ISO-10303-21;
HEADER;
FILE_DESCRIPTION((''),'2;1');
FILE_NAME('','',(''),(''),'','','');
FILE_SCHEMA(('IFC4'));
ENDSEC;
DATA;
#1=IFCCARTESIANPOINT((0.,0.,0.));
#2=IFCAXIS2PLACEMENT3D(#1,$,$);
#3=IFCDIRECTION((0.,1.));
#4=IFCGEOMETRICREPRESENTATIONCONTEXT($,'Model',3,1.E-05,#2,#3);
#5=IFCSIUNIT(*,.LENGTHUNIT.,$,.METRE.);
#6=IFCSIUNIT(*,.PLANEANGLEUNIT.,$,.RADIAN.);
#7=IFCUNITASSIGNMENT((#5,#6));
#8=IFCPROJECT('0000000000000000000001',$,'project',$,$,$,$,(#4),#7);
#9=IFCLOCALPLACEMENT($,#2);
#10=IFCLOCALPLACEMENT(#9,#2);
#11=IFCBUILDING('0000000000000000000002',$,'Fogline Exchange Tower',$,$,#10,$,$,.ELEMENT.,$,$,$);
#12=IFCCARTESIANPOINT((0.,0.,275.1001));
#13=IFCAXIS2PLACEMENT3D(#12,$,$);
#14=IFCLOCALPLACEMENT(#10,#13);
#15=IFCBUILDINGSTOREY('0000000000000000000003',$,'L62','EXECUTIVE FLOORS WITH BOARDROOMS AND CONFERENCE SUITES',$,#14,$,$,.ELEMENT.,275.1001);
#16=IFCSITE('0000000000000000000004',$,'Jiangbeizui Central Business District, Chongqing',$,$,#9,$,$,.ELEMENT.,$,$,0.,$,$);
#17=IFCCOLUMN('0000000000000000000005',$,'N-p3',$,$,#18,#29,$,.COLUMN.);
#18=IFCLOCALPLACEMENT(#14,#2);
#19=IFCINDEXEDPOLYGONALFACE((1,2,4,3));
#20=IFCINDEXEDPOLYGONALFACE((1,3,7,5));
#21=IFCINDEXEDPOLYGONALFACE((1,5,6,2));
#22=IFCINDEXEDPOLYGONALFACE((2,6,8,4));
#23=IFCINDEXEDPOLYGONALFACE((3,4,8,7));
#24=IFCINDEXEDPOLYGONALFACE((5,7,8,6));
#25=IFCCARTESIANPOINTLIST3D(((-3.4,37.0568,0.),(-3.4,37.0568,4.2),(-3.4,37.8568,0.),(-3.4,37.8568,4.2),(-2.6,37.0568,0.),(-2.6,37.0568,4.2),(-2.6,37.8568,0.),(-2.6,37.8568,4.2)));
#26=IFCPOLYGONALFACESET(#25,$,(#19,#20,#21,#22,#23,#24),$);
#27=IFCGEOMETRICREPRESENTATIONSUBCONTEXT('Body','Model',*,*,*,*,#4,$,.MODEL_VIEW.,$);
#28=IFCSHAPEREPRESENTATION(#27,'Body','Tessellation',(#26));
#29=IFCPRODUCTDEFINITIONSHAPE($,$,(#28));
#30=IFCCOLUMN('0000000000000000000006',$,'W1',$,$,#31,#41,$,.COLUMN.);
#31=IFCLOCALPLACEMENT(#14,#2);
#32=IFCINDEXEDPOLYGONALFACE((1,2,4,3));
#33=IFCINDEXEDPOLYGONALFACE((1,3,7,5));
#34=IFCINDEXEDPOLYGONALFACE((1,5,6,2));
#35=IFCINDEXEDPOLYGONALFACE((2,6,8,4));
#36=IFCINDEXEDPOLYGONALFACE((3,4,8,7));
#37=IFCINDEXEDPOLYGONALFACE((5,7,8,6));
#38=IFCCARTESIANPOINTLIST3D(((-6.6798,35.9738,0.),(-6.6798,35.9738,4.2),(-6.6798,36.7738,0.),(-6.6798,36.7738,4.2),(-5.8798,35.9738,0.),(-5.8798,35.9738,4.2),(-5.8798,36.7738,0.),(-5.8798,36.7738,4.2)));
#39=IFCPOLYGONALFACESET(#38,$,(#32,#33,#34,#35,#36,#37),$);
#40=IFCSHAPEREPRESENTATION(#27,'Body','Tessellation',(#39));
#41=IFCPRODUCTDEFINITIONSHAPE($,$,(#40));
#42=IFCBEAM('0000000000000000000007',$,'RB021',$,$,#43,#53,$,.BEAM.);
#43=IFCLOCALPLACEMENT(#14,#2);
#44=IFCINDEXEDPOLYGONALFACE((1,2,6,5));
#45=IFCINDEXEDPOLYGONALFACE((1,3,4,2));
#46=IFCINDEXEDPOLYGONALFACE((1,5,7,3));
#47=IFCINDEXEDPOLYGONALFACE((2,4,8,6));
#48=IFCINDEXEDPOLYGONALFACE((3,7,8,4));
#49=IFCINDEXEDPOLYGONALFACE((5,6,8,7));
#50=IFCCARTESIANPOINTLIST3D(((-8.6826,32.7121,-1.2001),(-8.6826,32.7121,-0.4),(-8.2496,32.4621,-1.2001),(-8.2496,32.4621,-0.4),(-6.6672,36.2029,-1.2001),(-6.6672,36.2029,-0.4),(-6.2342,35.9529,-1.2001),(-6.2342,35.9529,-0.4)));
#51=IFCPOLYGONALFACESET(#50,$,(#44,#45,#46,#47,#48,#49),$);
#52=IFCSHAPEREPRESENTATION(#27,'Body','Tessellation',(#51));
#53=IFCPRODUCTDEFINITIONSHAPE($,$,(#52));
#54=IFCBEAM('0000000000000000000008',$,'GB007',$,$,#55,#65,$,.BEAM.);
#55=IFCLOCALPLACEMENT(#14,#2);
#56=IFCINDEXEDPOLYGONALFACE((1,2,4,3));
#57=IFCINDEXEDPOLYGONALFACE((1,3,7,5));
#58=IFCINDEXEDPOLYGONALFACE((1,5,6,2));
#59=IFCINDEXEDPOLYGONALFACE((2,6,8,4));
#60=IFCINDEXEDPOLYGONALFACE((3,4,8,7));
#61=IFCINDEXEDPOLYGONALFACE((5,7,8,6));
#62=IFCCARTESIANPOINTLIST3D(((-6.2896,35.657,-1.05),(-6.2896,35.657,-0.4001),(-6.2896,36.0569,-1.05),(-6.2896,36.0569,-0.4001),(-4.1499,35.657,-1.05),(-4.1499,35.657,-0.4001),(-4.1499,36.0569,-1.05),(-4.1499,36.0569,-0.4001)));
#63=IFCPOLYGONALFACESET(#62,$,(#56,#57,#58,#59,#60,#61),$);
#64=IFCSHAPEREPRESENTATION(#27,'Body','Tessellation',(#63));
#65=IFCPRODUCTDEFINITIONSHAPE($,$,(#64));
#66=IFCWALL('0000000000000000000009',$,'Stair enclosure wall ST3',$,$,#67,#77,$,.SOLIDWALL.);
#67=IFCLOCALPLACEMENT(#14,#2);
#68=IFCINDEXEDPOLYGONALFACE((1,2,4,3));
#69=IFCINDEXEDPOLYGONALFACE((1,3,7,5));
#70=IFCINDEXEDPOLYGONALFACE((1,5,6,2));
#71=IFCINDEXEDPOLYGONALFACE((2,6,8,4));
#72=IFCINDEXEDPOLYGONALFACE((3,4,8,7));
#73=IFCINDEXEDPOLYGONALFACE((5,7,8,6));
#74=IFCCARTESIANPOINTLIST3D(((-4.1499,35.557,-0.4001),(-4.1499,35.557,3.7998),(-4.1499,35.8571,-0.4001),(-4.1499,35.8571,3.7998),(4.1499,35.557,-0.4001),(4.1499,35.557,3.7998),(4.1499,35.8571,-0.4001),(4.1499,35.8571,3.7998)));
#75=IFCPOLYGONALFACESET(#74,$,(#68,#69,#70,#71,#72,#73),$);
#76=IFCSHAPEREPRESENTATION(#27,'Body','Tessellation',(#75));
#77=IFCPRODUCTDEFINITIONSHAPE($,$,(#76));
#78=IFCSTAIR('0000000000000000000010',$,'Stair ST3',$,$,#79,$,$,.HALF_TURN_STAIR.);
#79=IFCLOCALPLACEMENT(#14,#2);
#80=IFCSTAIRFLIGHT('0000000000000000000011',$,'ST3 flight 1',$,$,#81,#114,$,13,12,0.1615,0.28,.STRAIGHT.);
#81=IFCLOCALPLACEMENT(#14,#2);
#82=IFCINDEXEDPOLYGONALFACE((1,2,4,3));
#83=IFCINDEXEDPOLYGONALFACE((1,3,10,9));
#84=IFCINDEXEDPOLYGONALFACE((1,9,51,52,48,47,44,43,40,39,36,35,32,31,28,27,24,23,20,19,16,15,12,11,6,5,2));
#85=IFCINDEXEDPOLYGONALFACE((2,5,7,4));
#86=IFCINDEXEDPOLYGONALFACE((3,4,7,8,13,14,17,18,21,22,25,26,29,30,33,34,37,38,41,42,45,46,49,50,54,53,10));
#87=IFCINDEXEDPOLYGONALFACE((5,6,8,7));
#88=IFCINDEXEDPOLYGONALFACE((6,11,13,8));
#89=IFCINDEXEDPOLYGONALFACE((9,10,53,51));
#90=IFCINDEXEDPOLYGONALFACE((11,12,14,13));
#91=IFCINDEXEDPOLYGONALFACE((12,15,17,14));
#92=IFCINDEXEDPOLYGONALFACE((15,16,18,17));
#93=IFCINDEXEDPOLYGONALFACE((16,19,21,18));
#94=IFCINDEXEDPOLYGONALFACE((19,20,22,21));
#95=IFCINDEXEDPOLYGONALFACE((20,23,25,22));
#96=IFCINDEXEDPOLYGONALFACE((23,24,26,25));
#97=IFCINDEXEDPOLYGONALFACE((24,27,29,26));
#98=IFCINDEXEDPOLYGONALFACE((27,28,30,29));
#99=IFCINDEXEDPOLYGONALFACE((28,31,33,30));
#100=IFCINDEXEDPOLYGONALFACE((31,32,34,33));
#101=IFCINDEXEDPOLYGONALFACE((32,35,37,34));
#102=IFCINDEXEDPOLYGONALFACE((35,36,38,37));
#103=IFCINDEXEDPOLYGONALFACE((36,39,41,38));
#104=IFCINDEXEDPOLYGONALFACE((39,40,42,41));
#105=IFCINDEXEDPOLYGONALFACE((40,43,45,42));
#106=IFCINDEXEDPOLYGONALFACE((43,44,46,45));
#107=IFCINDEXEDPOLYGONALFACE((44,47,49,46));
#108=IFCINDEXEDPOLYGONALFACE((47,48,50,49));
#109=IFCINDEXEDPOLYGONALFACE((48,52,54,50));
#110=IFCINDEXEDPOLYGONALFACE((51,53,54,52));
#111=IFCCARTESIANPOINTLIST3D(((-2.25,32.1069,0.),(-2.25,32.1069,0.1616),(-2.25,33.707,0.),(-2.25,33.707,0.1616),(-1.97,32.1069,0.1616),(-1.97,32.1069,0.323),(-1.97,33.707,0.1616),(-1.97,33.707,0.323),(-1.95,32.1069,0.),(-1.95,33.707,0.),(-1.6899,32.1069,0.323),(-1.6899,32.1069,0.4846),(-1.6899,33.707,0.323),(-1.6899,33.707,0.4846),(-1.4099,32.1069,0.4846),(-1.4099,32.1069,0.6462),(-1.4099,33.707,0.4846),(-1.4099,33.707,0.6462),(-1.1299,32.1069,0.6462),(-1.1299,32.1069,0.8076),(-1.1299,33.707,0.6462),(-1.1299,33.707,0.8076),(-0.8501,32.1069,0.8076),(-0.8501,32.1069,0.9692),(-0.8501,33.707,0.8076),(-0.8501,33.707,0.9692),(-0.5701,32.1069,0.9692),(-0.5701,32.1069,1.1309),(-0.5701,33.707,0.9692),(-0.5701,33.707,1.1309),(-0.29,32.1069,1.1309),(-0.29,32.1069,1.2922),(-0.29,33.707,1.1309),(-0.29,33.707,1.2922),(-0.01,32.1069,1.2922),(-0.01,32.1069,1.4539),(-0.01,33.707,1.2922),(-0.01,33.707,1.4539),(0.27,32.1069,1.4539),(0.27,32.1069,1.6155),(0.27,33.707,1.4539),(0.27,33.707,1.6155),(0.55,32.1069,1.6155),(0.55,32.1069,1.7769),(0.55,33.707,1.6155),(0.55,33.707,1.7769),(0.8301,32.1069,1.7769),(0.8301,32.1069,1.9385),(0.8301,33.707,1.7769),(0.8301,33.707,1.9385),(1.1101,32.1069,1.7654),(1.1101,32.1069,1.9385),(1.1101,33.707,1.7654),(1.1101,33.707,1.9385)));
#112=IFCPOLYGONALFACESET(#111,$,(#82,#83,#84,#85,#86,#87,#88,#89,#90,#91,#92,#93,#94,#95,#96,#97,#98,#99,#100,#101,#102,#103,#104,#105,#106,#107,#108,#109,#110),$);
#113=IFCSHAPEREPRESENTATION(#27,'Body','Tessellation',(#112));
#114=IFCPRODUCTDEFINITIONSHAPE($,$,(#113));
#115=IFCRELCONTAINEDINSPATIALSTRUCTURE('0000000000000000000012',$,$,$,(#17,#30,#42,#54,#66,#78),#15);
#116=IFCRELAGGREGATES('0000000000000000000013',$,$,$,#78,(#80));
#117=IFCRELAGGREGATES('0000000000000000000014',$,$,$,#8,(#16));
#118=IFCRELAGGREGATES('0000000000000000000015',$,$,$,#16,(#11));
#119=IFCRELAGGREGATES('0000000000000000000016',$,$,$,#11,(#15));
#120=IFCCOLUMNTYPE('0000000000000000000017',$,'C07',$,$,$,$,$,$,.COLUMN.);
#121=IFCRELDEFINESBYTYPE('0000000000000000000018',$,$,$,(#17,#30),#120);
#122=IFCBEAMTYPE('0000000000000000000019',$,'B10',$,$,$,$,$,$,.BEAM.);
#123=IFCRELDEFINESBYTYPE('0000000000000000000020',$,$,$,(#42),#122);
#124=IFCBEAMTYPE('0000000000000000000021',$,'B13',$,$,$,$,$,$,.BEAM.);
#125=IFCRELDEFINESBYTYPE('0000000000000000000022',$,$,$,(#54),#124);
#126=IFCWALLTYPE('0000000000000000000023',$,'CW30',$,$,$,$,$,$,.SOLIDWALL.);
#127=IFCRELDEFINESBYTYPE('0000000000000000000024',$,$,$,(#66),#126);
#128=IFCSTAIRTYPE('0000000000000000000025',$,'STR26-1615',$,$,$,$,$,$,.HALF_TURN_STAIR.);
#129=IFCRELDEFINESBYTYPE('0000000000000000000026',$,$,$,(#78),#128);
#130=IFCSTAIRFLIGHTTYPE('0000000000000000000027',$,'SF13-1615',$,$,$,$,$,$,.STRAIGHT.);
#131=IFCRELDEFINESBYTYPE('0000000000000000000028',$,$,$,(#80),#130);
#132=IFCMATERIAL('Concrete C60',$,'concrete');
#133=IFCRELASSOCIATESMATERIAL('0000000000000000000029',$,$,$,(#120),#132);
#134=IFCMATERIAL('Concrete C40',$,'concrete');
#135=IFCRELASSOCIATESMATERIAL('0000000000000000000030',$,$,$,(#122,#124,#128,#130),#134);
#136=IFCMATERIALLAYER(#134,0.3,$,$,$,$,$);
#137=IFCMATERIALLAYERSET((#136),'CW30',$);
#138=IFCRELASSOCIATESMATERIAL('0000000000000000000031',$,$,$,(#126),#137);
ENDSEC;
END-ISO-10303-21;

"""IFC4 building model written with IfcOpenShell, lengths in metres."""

from ifc_helpers import new_model, si_unit, direction, frame, frame_2d, origin, origin_2d, place, context, subcontext, project, spatial, polyline, rectangle, outline, extrude, material, layer, layer_set, material_profile, profile_set, type_object, element, aggregate, save


model = new_model("IFC4")

# Units and contexts
model_context = context("Model", 3, precision=1e-05, world=origin(), true_north=direction((0.0, 1.0)))
body_context = subcontext(model_context, "Body", "Model", "MODEL_VIEW")
ifc_project = project(units=[si_unit("LENGTHUNIT", "METRE"), si_unit("PLANEANGLEUNIT", "RADIAN")], contexts=[model_context])

# Site, building, storey
site_placement = place(None, origin())
site = spatial("IfcSite", under=ifc_project, at=site_placement, Name="Jiangbeizui Central Business District, Chongqing", CompositionType="ELEMENT", RefElevation=0.0)
building_placement = place(site_placement, origin())
building = spatial("IfcBuilding", under=site, at=building_placement, Name="Fogline Exchange Tower", CompositionType="ELEMENT")
storey_placement = place(building_placement, frame((0.0, 0.0, 275.1001)))
storey = spatial("IfcBuildingStorey", under=building, at=storey_placement, Name="L62", Description="EXECUTIVE FLOORS WITH BOARDROOMS AND CONFERENCE SUITES", CompositionType="ELEMENT", Elevation=275.1001)

# Columns
ifc_material_1 = material(Name="Concrete C60", Category="concrete")
ifc_material_profile_1 = material_profile(ifc_material_1, rectangle(XDim=0.8, YDim=0.8, at=origin_2d()), Name="RC 800x800")
ifc_profile_set_1 = profile_set([ifc_material_profile_1], Name="Concrete C60")
column_type = type_object("IfcColumnType", Name="C07", PredefinedType="COLUMN", material=ifc_profile_set_1)
for number, where, z_axis, x_axis, name in (
    (1, (-3.0, 37.4568, 0.0), (0.0, 0.0, 1.0), (1.0, 0.0, 0.0), "N-p3"),
    (2, (-6.2798, 36.3738, 0.0), (0.0, 0.0, 1.0), (1.0, 0.0, 0.0), "W1"),
):
    element("IfcColumn", number, at=place(storey_placement, frame(where, z_axis=z_axis, x_axis=x_axis)), inside=storey, type_object=column_type, Name=name, PredefinedType="COLUMN", context=body_context, shape_type="SweptSolid", body=[
        extrude(rectangle(XDim=0.8, YDim=0.8, at=origin_2d()), origin(), (0.0, 0.0, 1.0), 4.2),
    ])

# Beams
ifc_material_2 = material(Name="Concrete C40", Category="concrete")
ifc_material_profile_2 = material_profile(ifc_material_2, rectangle(XDim=0.5, YDim=0.8, at=origin_2d()), Name="RC 500x800")
ifc_profile_set_2 = profile_set([ifc_material_profile_2], Name="Concrete C40")
beam_type_1 = type_object("IfcBeamType", Name="B10", PredefinedType="BEAM", material=ifc_profile_set_2)
beam_1_placement = place(storey_placement, frame((-6.4507, 36.0779, -0.8), z_axis=(-0.500002, -0.866024, 0.0), x_axis=(0.866024, -0.500002, 0.0)))
element("IfcBeam", 3, at=beam_1_placement, inside=storey, type_object=beam_type_1, Name="RB021", PredefinedType="BEAM", context=body_context, shape_type="SweptSolid", body=[
    extrude(rectangle(XDim=0.5, YDim=0.8, at=origin_2d()), origin(), (0.0, 0.0, 1.0), 4.0308),
])
ifc_material_profile_3 = material_profile(ifc_material_2, rectangle(XDim=0.3999, YDim=0.6499, at=origin_2d()), Name="RC 400x650")
ifc_profile_set_3 = profile_set([ifc_material_profile_3], Name="Concrete C40")
beam_type_2 = type_object("IfcBeamType", Name="B13", PredefinedType="BEAM", material=ifc_profile_set_3)
beam_2_placement = place(storey_placement, frame((-6.2896, 35.8569, -0.7251), z_axis=(1.0, 0.0, 0.0), x_axis=(0.0, 1.0, 0.0)))
element("IfcBeam", 4, at=beam_2_placement, inside=storey, type_object=beam_type_2, Name="GB007", PredefinedType="BEAM", context=body_context, shape_type="SweptSolid", body=[
    extrude(rectangle(XDim=0.3999, YDim=0.6499, at=origin_2d()), origin(), (0.0, 0.0, 1.0), 2.1396),
])

# Wall
ifc_layer = layer(ifc_material_2, 0.3)
ifc_layer_set = layer_set([ifc_layer], Name="CW30")
wall_type = type_object("IfcWallType", Name="CW30", PredefinedType="SOLIDWALL", material=ifc_layer_set)
wall_placement = place(storey_placement, frame((-4.1499, 35.707, -0.4001), z_axis=(0.0, 0.0, 1.0), x_axis=(1.0, 0.0, 0.0)))
element("IfcWall", 5, at=wall_placement, inside=storey, type_object=wall_type, Name="Stair enclosure wall ST3", PredefinedType="SOLIDWALL", context=body_context, shape_type="SweptSolid", body=[
    extrude(rectangle(XDim=8.2998, YDim=0.3, at=frame_2d((4.1499, 0.0))), origin(), (0.0, 0.0, 1.0), 4.2),
])

# Stair, stair flight
stair_type = type_object("IfcStairType", Name="STR26-1615", PredefinedType="HALF_TURN_STAIR", material=ifc_material_2)
stair_placement = place(storey_placement, origin())
stair = element("IfcStair", 6, at=stair_placement, inside=storey, type_object=stair_type, Name="Stair ST3", PredefinedType="HALF_TURN_STAIR")
stair_flight_type = type_object("IfcStairFlightType", Name="SF13-1615", PredefinedType="STRAIGHT", material=ifc_material_2)
stair_flight_placement = place(storey_placement, frame((-2.25, 32.907, 0.0), z_axis=(0.0, 0.0, 1.0), x_axis=(1.0, 0.0, 0.0)))
stair_flight = element("IfcStairFlight", 7, at=stair_flight_placement, type_object=stair_flight_type, Name="ST3 flight 1", NumberOfRisers=13, NumberOfTreads=12, PredefinedType="STRAIGHT", RiserHeight=0.1615, TreadLength=0.28, context=body_context, shape_type="SweptSolid", body=[
    extrude(outline(polyline([(0.0, 0.0), (0.0, 0.1616), (0.28, 0.1616), (0.28, 0.323), (0.5601, 0.323), (0.5601, 0.4846), (0.8401, 0.4846), (0.8401, 0.6462), (1.1201, 0.6462), (1.1201, 0.8076), (1.3999, 0.8076), (1.3999, 0.9692), (1.6799, 0.9692), (1.6799, 1.1309), (1.96, 1.1309), (1.96, 1.2922), (2.24, 1.2922), (2.24, 1.4539), (2.52, 1.4539), (2.52, 1.6155), (2.8, 1.6155), (2.8, 1.7769), (3.0801, 1.7769), (3.0801, 1.9385), (3.3601, 1.9385), (3.3601, 2.1001), (3.3601, 1.7654), (0.3, 0.0), (0.0, 0.0)])), frame((0.0, 0.8, 0.0), z_axis=(0.0, -1.0, 0.0), x_axis=(1.0, 0.0, 0.0)), (0.0, 0.0, 1.0), 1.6001),
])
aggregate(stair, [stair_flight])

save(model, "model.ifc")
